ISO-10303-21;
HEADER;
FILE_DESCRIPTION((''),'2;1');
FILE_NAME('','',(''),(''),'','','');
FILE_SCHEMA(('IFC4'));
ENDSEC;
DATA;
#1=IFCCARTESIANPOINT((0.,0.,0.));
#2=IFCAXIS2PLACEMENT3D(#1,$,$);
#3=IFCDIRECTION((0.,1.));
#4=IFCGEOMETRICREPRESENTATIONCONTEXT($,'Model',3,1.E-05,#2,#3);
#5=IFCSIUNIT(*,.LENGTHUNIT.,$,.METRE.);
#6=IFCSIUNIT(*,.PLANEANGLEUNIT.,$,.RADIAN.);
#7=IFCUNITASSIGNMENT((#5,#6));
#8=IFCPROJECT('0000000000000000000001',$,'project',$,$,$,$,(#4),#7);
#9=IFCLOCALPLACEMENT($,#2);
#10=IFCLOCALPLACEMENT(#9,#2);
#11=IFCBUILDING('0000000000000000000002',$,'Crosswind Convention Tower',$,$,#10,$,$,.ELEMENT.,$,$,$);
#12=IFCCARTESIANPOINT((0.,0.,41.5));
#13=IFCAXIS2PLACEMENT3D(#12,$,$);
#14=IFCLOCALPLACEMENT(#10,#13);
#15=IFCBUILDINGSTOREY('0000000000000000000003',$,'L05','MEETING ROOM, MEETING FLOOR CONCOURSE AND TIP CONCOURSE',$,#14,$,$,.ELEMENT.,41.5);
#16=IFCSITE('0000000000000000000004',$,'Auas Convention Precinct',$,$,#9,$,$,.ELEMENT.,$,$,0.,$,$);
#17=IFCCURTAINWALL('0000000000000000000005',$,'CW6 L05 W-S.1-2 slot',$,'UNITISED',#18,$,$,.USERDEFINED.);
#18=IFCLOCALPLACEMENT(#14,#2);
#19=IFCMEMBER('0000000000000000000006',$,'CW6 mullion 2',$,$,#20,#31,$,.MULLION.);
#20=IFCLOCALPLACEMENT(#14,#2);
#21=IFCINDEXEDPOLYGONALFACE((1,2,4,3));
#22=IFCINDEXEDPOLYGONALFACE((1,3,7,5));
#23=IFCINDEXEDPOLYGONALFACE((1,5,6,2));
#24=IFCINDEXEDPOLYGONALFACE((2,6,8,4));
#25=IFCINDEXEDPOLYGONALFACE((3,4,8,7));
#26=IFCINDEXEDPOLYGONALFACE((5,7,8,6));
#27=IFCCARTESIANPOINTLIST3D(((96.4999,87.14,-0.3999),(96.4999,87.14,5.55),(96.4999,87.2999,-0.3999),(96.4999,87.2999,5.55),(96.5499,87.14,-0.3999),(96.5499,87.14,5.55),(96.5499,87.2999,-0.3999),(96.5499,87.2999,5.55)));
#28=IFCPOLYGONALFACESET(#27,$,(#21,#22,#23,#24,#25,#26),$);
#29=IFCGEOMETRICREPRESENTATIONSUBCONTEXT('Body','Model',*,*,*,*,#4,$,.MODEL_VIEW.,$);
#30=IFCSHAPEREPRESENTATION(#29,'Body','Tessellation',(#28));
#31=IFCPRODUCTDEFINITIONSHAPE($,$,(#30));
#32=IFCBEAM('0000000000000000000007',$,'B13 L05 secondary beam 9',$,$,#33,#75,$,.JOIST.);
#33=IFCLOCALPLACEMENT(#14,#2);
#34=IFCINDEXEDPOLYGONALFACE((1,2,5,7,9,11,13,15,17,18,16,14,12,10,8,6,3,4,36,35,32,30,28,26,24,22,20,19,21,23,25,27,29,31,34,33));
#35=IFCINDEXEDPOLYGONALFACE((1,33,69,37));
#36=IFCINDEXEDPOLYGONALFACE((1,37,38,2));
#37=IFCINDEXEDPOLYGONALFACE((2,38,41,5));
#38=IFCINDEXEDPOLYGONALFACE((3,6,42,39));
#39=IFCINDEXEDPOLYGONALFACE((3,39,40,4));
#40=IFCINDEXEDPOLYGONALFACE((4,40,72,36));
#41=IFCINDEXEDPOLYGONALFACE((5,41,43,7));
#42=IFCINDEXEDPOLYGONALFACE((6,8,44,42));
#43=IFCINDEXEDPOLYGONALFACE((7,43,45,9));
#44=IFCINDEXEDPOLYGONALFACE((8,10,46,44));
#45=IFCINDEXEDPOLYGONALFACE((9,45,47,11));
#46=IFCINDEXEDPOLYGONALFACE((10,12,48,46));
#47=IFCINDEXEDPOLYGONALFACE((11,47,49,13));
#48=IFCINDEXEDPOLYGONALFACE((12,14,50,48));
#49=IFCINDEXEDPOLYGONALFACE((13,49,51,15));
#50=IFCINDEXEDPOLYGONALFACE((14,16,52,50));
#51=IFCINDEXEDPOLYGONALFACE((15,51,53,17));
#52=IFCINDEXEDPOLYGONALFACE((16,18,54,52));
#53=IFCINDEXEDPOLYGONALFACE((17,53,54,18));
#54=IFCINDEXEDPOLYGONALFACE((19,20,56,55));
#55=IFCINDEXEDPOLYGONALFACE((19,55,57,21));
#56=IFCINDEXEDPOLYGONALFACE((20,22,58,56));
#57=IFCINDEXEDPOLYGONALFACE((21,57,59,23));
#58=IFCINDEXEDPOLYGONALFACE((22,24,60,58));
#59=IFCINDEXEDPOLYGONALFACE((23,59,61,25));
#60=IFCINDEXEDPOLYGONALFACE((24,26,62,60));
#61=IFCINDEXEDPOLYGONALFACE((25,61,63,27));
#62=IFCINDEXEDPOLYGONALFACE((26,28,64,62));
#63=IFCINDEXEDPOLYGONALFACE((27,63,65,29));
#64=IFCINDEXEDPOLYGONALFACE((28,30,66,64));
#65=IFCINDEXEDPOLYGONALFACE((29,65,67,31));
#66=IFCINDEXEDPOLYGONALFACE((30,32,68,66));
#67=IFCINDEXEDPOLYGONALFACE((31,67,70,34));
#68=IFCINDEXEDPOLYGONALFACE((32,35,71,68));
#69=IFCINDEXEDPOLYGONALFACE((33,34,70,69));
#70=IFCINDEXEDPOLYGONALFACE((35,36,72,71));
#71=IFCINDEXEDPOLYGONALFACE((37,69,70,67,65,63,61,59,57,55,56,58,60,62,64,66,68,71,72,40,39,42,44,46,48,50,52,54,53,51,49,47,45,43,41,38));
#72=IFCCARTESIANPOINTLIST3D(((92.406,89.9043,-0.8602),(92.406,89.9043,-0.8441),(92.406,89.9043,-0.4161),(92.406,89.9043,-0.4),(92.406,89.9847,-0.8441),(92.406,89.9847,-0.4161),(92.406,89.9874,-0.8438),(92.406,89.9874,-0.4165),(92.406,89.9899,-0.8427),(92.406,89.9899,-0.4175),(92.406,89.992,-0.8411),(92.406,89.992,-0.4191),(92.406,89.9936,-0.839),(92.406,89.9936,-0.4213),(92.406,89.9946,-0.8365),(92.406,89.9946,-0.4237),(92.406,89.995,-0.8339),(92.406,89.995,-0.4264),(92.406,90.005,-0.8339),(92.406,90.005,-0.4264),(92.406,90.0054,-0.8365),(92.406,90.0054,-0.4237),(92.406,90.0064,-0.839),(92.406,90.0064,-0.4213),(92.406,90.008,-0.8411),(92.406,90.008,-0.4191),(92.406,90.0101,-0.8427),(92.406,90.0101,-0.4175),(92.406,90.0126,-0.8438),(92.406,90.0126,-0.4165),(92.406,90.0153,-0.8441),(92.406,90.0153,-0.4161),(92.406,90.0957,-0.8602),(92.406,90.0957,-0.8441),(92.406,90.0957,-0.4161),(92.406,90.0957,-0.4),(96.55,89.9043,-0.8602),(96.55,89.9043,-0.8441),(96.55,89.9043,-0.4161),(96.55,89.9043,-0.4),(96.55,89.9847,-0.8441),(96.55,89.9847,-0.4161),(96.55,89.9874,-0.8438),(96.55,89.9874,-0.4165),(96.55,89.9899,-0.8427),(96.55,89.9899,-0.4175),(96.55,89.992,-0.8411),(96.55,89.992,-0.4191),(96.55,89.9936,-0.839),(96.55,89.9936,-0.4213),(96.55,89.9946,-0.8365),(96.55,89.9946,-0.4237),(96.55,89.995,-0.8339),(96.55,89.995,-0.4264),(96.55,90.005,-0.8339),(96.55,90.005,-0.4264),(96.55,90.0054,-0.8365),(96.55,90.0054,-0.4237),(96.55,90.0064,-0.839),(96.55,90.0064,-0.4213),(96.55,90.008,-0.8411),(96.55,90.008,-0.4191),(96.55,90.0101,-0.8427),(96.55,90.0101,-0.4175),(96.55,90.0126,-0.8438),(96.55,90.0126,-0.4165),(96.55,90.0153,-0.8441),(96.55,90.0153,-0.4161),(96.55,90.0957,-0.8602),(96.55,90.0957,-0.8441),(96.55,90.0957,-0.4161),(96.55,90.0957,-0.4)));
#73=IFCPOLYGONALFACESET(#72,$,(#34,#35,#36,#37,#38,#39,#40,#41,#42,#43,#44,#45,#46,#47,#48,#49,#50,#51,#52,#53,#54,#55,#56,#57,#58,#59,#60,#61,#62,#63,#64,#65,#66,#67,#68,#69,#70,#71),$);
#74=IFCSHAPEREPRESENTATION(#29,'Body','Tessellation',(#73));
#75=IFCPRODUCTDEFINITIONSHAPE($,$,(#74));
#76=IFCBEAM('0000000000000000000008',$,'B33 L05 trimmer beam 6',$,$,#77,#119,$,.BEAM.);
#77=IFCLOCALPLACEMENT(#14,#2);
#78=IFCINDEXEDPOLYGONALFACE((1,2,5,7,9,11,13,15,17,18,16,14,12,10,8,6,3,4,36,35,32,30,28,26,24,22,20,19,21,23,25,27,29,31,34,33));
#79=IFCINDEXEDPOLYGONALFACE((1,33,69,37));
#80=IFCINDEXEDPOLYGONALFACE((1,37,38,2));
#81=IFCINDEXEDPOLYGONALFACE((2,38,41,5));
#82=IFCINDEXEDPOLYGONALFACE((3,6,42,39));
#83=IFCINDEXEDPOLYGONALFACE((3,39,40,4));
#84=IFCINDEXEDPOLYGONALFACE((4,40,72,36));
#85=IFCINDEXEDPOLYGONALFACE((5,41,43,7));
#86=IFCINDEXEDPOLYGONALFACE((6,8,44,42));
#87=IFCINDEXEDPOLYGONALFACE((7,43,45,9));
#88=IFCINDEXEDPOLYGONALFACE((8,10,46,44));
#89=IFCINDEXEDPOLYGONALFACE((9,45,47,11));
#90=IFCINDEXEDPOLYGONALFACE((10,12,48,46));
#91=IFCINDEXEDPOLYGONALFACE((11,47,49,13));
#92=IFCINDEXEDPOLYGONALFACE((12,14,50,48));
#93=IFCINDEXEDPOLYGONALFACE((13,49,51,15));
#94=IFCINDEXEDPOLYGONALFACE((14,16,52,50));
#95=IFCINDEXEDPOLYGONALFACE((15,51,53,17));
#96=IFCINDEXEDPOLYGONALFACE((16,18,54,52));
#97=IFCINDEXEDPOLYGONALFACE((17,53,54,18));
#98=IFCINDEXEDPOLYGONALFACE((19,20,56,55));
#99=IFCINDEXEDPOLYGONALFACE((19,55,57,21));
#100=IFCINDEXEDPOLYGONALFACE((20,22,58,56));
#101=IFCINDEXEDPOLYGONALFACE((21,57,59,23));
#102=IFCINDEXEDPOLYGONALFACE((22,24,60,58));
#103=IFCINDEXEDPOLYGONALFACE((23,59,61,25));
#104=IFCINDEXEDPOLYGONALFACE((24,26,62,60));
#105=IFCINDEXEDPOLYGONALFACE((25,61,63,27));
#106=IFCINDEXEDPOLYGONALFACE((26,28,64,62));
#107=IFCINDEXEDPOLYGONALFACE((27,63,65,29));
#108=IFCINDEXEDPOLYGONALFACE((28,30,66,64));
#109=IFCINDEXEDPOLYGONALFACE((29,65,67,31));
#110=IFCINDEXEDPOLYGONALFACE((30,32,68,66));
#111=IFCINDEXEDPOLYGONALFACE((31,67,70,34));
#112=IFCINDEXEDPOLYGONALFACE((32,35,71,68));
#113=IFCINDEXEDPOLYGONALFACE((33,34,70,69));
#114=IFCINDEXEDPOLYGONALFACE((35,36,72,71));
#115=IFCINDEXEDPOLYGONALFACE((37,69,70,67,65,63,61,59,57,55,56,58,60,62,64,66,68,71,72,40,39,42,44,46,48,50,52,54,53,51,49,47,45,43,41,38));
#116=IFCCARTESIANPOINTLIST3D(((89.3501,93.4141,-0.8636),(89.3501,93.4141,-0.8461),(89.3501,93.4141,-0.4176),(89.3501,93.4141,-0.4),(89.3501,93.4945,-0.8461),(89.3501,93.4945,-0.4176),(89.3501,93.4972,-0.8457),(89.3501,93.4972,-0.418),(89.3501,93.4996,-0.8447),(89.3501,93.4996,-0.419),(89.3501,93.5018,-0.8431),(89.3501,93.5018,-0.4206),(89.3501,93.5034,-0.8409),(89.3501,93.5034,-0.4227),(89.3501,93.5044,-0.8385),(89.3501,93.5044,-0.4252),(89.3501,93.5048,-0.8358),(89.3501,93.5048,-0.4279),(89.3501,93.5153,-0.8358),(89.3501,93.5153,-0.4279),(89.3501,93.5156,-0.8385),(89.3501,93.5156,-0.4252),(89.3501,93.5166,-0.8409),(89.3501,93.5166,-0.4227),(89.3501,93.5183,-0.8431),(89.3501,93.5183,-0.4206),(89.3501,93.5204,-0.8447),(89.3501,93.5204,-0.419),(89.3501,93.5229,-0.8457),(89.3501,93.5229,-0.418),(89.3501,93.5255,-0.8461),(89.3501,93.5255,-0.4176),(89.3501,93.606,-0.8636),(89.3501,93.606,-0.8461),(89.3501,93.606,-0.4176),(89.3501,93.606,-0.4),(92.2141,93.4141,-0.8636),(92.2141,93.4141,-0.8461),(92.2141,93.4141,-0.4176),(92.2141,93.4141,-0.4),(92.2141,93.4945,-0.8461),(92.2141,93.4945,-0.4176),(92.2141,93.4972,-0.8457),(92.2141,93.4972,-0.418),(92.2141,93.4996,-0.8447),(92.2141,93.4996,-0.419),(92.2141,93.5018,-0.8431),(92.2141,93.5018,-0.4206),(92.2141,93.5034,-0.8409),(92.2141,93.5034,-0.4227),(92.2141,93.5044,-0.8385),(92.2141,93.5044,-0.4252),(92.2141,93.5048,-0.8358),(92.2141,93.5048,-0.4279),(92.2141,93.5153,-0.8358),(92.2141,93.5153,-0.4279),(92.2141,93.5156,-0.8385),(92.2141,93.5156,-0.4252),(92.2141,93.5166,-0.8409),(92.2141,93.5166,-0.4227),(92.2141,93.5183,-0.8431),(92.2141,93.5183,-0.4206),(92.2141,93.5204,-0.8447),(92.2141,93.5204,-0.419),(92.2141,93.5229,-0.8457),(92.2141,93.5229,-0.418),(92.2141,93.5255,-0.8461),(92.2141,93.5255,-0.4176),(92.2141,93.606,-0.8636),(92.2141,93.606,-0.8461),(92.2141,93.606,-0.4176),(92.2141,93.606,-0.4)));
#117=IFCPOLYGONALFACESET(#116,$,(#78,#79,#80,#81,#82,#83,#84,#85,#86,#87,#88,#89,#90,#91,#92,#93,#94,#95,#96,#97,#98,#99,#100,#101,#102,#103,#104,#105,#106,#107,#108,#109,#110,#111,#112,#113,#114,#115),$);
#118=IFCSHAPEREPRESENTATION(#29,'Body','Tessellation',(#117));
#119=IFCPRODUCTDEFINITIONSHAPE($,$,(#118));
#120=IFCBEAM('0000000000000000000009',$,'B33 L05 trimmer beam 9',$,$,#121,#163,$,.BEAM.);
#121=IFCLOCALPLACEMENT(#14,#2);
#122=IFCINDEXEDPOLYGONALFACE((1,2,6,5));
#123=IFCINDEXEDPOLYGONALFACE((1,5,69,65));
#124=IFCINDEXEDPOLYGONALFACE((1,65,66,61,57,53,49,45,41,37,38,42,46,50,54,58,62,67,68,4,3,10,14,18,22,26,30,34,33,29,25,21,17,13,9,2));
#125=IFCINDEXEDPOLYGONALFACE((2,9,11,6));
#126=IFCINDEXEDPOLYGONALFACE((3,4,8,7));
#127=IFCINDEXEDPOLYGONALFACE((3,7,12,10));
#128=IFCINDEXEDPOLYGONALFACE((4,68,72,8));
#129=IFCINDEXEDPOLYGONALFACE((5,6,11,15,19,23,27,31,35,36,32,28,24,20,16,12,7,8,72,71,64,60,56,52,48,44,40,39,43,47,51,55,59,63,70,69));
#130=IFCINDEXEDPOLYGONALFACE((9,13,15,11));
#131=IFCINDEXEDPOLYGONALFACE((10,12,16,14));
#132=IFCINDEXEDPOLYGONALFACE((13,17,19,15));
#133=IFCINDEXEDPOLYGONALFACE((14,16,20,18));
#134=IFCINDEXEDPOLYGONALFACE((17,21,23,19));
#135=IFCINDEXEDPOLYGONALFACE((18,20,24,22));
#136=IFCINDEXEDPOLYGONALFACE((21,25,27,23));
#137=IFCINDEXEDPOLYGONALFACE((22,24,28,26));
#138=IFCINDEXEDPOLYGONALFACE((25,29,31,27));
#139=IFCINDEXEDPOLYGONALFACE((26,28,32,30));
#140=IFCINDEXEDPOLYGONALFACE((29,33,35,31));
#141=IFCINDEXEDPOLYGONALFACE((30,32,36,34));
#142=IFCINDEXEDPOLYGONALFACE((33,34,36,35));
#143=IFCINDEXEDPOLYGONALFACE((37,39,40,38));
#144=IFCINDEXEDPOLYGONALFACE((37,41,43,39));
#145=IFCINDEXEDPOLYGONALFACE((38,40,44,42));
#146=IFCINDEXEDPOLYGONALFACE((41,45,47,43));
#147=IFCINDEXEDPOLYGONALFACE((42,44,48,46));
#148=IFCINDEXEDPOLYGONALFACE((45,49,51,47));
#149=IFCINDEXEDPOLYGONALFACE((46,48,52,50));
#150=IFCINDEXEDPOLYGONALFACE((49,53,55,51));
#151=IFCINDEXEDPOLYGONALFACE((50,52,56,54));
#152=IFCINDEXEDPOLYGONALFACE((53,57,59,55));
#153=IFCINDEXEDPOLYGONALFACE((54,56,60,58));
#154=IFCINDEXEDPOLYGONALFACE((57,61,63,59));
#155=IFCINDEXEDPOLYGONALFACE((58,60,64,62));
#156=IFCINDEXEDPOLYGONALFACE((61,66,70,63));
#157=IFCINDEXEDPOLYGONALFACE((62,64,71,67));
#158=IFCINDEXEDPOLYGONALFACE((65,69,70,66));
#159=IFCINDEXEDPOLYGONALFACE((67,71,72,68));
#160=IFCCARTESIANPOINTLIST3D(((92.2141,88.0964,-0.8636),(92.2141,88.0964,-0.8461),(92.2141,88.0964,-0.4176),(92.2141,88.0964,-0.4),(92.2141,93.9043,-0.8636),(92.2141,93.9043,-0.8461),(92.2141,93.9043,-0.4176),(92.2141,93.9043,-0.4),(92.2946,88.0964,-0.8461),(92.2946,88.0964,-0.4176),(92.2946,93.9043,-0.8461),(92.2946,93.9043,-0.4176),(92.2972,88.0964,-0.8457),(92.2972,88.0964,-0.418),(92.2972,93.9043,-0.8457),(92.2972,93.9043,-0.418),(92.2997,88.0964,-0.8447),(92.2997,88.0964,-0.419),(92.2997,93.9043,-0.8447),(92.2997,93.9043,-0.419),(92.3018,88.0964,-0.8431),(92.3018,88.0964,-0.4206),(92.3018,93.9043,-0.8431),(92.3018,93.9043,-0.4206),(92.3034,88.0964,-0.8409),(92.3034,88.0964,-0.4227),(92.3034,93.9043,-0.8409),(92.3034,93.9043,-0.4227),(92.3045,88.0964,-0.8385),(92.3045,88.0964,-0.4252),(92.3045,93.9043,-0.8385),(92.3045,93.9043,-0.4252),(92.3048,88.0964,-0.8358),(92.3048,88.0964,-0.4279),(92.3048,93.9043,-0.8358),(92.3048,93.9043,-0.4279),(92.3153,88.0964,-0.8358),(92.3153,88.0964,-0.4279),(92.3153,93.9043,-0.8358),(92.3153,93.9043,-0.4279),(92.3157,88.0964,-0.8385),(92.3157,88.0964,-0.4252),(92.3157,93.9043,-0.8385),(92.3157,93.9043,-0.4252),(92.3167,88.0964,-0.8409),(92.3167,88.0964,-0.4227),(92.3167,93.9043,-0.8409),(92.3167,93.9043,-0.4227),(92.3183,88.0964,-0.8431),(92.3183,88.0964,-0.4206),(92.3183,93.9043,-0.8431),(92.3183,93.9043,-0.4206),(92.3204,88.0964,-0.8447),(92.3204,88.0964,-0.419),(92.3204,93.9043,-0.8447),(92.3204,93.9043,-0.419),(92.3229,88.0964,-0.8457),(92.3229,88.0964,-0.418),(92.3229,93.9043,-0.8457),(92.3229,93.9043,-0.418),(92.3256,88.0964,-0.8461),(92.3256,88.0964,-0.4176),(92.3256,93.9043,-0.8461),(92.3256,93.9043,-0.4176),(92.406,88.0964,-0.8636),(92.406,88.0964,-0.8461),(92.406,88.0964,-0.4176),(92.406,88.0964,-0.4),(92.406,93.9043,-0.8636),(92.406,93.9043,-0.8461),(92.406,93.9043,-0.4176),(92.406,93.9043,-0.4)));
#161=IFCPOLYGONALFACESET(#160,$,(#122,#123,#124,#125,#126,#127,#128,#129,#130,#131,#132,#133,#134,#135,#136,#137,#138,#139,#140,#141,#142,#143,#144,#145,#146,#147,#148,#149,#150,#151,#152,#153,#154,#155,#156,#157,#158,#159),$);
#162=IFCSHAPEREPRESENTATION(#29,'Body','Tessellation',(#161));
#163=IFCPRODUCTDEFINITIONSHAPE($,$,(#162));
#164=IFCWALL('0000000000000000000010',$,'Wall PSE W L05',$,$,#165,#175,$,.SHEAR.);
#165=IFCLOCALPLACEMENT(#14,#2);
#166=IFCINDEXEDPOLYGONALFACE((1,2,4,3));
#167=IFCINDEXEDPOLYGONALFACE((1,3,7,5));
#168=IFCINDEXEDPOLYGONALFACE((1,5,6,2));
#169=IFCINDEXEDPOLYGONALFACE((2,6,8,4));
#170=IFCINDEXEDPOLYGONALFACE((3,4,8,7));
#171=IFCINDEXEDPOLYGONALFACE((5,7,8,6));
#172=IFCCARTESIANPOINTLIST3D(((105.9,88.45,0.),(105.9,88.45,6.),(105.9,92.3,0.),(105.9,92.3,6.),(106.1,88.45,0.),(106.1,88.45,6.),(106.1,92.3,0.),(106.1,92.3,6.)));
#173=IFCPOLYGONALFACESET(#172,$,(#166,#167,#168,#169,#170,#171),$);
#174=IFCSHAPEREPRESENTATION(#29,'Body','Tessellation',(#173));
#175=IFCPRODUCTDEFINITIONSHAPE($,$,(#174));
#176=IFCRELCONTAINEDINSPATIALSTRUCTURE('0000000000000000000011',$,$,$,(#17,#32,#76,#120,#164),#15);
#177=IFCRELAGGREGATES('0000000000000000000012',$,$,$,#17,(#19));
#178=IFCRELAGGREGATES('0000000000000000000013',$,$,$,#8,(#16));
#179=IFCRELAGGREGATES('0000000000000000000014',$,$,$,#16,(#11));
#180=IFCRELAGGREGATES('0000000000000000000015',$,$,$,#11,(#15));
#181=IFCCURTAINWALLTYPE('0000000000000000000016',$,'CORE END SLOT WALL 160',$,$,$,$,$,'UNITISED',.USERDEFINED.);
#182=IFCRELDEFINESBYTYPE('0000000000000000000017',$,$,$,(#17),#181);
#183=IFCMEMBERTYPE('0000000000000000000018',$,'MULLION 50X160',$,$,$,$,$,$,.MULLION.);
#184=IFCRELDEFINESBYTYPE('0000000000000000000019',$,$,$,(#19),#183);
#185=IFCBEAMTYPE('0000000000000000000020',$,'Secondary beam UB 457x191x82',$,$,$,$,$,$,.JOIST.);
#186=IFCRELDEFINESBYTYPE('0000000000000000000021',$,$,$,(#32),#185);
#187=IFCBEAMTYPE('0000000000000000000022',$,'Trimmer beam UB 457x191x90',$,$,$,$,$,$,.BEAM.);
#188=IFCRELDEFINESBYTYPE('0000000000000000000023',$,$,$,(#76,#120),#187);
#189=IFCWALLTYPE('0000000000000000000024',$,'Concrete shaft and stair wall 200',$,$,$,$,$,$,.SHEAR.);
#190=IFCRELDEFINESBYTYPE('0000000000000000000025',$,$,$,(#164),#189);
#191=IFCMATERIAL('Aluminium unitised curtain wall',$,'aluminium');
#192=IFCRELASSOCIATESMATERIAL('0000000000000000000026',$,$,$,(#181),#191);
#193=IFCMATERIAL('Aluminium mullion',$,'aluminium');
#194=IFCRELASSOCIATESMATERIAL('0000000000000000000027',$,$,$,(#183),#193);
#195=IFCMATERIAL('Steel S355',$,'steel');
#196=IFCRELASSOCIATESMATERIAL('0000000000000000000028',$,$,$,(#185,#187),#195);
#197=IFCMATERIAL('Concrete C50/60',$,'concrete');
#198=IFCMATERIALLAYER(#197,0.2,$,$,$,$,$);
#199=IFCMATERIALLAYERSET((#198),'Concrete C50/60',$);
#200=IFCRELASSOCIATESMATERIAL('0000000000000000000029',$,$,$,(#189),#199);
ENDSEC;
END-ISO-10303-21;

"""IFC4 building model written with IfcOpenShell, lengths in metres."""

from ifc_helpers import new_model, si_unit, direction, frame, frame_2d, origin, origin_2d, place, context, subcontext, project, spatial, rectangle, i_section, extrude, material, layer, layer_set, material_profile, profile_set, type_object, element, aggregate, save


model = new_model("IFC4")

# Units and contexts
model_context = context("Model", 3, precision=1e-05, world=origin(), true_north=direction((0.0, 1.0)))
body_context = subcontext(model_context, "Body", "Model", "MODEL_VIEW")
ifc_project = project(units=[si_unit("LENGTHUNIT", "METRE"), si_unit("PLANEANGLEUNIT", "RADIAN")], contexts=[model_context])

# Site, building, storey
site_placement = place(None, origin())
site = spatial("IfcSite", under=ifc_project, at=site_placement, Name="Auas Convention Precinct", CompositionType="ELEMENT", RefElevation=0.0)
building_placement = place(site_placement, origin())
building = spatial("IfcBuilding", under=site, at=building_placement, Name="Crosswind Convention Tower", CompositionType="ELEMENT")
storey_placement = place(building_placement, frame((0.0, 0.0, 41.5)))
storey = spatial("IfcBuildingStorey", under=building, at=storey_placement, Name="L05", Description="MEETING ROOM, MEETING FLOOR CONCOURSE AND TIP CONCOURSE", CompositionType="ELEMENT", Elevation=41.5)

# Curtain wall, member
ifc_material_1 = material(Name="Aluminium unitised curtain wall", Category="aluminium")
curtain_wall_type_1 = type_object("IfcCurtainWallType", Name="CORE END SLOT WALL 160", ElementType="UNITISED", PredefinedType="USERDEFINED", material=ifc_material_1)
curtain_wall_1_placement = place(storey_placement, origin())
curtain_wall_1 = element("IfcCurtainWall", 1, at=curtain_wall_1_placement, inside=storey, type_object=curtain_wall_type_1, Name="CW6 L05 W-S.1-2 slot", ObjectType="UNITISED", PredefinedType="USERDEFINED")
ifc_material_2 = material(Name="Aluminium mullion", Category="aluminium")
ifc_material_profile_1 = material_profile(ifc_material_2, rectangle(XDim=0.1599, YDim=0.05, at=origin_2d()), Name="AL 160X50")
ifc_profile_set_1 = profile_set([ifc_material_profile_1], Name="Aluminium mullion")
member_type = type_object("IfcMemberType", Name="MULLION 50X160", PredefinedType="MULLION", material=ifc_profile_set_1)
member_placement = place(storey_placement, frame((96.5249, 87.22, -0.3999), z_axis=(0.0, 0.0, 1.0), x_axis=(0.0, -1.0, 0.0)))
member = element("IfcMember", 2, at=member_placement, type_object=member_type, Name="CW6 mullion 2", PredefinedType="MULLION", context=body_context, shape_type="SweptSolid", body=[
    extrude(rectangle(XDim=0.1599, YDim=0.05, at=origin_2d()), origin(), (0.0, 0.0, 1.0), 5.95),
])
aggregate(curtain_wall_1, [member])

# Beams
ifc_material_3 = material(Name="Steel S355", Category="steel")
ifc_material_profile_2 = material_profile(ifc_material_3, i_section(OverallWidth=0.1914, OverallDepth=0.4602, WebThickness=0.01, FlangeThickness=0.0161, FilletRadius=0.0103, at=origin_2d()), Name="UB 457x191x82")
ifc_profile_set_2 = profile_set([ifc_material_profile_2], Name="Steel S355")
beam_type_1 = type_object("IfcBeamType", Name="Secondary beam UB 457x191x82", PredefinedType="JOIST", material=ifc_profile_set_2)
beam_1_placement = place(storey_placement, frame((92.406, 90.0, -0.6301), z_axis=(1.0, 0.0, 0.0), x_axis=(0.0, 1.0, 0.0)))
element("IfcBeam", 3, at=beam_1_placement, inside=storey, type_object=beam_type_1, Name="B13 L05 secondary beam 9", PredefinedType="JOIST", context=body_context, shape_type="SweptSolid", body=[
    extrude(i_section(OverallWidth=0.1914, OverallDepth=0.4602, WebThickness=0.01, FlangeThickness=0.0161, FilletRadius=0.0103, at=origin_2d()), origin(), (0.0, 0.0, 1.0), 4.144),
])
ifc_material_profile_3 = material_profile(ifc_material_3, i_section(OverallWidth=0.1919, OverallDepth=0.4636, WebThickness=0.0105, FlangeThickness=0.0176, FilletRadius=0.0103, at=origin_2d()), Name="UB 457x191x90")
ifc_profile_set_3 = profile_set([ifc_material_profile_3], Name="Steel S355")
beam_type_2 = type_object("IfcBeamType", Name="Trimmer beam UB 457x191x90", PredefinedType="BEAM", material=ifc_profile_set_3)
beam_2_placement = place(storey_placement, frame((92.2141, 93.51, -0.6318), z_axis=(-1.0, 0.0, 0.0), x_axis=(0.0, -1.0, 0.0)))
element("IfcBeam", 4, at=beam_2_placement, inside=storey, type_object=beam_type_2, Name="B33 L05 trimmer beam 6", PredefinedType="BEAM", context=body_context, shape_type="SweptSolid", body=[
    extrude(i_section(OverallWidth=0.1919, OverallDepth=0.4636, WebThickness=0.0105, FlangeThickness=0.0176, FilletRadius=0.0103, at=origin_2d()), origin(), (0.0, 0.0, 1.0), 2.864),
])
beam_3_placement = place(storey_placement, frame((92.3101, 88.0964, -0.6318), z_axis=(0.0, 1.0, 0.0), x_axis=(-1.0, 0.0, 0.0)))
element("IfcBeam", 5, at=beam_3_placement, inside=storey, type_object=beam_type_2, Name="B33 L05 trimmer beam 9", PredefinedType="BEAM", context=body_context, shape_type="SweptSolid", body=[
    extrude(i_section(OverallWidth=0.1919, OverallDepth=0.4636, WebThickness=0.0105, FlangeThickness=0.0176, FilletRadius=0.0103, at=origin_2d()), origin(), (0.0, 0.0, 1.0), 5.8079),
])

# Wall
ifc_material_4 = material(Name="Concrete C50/60", Category="concrete")
ifc_layer_1 = layer(ifc_material_4, 0.2)
ifc_layer_set_1 = layer_set([ifc_layer_1], Name="Concrete C50/60")
wall_type_1 = type_object("IfcWallType", Name="Concrete shaft and stair wall 200", PredefinedType="SHEAR", material=ifc_layer_set_1)
wall_1_placement = place(storey_placement, frame((106.0, 92.3, 0.0), z_axis=(0.0, 0.0, 1.0), x_axis=(0.0, -1.0, 0.0)))
element("IfcWall", 6, at=wall_1_placement, inside=storey, type_object=wall_type_1, Name="Wall PSE W L05", PredefinedType="SHEAR", context=body_context, shape_type="SweptSolid", body=[
    extrude(rectangle(XDim=3.8501, YDim=0.2, at=frame_2d((1.925, 0.0))), origin(), (0.0, 0.0, 1.0), 6.0),
])

save(model, "model.ifc")
